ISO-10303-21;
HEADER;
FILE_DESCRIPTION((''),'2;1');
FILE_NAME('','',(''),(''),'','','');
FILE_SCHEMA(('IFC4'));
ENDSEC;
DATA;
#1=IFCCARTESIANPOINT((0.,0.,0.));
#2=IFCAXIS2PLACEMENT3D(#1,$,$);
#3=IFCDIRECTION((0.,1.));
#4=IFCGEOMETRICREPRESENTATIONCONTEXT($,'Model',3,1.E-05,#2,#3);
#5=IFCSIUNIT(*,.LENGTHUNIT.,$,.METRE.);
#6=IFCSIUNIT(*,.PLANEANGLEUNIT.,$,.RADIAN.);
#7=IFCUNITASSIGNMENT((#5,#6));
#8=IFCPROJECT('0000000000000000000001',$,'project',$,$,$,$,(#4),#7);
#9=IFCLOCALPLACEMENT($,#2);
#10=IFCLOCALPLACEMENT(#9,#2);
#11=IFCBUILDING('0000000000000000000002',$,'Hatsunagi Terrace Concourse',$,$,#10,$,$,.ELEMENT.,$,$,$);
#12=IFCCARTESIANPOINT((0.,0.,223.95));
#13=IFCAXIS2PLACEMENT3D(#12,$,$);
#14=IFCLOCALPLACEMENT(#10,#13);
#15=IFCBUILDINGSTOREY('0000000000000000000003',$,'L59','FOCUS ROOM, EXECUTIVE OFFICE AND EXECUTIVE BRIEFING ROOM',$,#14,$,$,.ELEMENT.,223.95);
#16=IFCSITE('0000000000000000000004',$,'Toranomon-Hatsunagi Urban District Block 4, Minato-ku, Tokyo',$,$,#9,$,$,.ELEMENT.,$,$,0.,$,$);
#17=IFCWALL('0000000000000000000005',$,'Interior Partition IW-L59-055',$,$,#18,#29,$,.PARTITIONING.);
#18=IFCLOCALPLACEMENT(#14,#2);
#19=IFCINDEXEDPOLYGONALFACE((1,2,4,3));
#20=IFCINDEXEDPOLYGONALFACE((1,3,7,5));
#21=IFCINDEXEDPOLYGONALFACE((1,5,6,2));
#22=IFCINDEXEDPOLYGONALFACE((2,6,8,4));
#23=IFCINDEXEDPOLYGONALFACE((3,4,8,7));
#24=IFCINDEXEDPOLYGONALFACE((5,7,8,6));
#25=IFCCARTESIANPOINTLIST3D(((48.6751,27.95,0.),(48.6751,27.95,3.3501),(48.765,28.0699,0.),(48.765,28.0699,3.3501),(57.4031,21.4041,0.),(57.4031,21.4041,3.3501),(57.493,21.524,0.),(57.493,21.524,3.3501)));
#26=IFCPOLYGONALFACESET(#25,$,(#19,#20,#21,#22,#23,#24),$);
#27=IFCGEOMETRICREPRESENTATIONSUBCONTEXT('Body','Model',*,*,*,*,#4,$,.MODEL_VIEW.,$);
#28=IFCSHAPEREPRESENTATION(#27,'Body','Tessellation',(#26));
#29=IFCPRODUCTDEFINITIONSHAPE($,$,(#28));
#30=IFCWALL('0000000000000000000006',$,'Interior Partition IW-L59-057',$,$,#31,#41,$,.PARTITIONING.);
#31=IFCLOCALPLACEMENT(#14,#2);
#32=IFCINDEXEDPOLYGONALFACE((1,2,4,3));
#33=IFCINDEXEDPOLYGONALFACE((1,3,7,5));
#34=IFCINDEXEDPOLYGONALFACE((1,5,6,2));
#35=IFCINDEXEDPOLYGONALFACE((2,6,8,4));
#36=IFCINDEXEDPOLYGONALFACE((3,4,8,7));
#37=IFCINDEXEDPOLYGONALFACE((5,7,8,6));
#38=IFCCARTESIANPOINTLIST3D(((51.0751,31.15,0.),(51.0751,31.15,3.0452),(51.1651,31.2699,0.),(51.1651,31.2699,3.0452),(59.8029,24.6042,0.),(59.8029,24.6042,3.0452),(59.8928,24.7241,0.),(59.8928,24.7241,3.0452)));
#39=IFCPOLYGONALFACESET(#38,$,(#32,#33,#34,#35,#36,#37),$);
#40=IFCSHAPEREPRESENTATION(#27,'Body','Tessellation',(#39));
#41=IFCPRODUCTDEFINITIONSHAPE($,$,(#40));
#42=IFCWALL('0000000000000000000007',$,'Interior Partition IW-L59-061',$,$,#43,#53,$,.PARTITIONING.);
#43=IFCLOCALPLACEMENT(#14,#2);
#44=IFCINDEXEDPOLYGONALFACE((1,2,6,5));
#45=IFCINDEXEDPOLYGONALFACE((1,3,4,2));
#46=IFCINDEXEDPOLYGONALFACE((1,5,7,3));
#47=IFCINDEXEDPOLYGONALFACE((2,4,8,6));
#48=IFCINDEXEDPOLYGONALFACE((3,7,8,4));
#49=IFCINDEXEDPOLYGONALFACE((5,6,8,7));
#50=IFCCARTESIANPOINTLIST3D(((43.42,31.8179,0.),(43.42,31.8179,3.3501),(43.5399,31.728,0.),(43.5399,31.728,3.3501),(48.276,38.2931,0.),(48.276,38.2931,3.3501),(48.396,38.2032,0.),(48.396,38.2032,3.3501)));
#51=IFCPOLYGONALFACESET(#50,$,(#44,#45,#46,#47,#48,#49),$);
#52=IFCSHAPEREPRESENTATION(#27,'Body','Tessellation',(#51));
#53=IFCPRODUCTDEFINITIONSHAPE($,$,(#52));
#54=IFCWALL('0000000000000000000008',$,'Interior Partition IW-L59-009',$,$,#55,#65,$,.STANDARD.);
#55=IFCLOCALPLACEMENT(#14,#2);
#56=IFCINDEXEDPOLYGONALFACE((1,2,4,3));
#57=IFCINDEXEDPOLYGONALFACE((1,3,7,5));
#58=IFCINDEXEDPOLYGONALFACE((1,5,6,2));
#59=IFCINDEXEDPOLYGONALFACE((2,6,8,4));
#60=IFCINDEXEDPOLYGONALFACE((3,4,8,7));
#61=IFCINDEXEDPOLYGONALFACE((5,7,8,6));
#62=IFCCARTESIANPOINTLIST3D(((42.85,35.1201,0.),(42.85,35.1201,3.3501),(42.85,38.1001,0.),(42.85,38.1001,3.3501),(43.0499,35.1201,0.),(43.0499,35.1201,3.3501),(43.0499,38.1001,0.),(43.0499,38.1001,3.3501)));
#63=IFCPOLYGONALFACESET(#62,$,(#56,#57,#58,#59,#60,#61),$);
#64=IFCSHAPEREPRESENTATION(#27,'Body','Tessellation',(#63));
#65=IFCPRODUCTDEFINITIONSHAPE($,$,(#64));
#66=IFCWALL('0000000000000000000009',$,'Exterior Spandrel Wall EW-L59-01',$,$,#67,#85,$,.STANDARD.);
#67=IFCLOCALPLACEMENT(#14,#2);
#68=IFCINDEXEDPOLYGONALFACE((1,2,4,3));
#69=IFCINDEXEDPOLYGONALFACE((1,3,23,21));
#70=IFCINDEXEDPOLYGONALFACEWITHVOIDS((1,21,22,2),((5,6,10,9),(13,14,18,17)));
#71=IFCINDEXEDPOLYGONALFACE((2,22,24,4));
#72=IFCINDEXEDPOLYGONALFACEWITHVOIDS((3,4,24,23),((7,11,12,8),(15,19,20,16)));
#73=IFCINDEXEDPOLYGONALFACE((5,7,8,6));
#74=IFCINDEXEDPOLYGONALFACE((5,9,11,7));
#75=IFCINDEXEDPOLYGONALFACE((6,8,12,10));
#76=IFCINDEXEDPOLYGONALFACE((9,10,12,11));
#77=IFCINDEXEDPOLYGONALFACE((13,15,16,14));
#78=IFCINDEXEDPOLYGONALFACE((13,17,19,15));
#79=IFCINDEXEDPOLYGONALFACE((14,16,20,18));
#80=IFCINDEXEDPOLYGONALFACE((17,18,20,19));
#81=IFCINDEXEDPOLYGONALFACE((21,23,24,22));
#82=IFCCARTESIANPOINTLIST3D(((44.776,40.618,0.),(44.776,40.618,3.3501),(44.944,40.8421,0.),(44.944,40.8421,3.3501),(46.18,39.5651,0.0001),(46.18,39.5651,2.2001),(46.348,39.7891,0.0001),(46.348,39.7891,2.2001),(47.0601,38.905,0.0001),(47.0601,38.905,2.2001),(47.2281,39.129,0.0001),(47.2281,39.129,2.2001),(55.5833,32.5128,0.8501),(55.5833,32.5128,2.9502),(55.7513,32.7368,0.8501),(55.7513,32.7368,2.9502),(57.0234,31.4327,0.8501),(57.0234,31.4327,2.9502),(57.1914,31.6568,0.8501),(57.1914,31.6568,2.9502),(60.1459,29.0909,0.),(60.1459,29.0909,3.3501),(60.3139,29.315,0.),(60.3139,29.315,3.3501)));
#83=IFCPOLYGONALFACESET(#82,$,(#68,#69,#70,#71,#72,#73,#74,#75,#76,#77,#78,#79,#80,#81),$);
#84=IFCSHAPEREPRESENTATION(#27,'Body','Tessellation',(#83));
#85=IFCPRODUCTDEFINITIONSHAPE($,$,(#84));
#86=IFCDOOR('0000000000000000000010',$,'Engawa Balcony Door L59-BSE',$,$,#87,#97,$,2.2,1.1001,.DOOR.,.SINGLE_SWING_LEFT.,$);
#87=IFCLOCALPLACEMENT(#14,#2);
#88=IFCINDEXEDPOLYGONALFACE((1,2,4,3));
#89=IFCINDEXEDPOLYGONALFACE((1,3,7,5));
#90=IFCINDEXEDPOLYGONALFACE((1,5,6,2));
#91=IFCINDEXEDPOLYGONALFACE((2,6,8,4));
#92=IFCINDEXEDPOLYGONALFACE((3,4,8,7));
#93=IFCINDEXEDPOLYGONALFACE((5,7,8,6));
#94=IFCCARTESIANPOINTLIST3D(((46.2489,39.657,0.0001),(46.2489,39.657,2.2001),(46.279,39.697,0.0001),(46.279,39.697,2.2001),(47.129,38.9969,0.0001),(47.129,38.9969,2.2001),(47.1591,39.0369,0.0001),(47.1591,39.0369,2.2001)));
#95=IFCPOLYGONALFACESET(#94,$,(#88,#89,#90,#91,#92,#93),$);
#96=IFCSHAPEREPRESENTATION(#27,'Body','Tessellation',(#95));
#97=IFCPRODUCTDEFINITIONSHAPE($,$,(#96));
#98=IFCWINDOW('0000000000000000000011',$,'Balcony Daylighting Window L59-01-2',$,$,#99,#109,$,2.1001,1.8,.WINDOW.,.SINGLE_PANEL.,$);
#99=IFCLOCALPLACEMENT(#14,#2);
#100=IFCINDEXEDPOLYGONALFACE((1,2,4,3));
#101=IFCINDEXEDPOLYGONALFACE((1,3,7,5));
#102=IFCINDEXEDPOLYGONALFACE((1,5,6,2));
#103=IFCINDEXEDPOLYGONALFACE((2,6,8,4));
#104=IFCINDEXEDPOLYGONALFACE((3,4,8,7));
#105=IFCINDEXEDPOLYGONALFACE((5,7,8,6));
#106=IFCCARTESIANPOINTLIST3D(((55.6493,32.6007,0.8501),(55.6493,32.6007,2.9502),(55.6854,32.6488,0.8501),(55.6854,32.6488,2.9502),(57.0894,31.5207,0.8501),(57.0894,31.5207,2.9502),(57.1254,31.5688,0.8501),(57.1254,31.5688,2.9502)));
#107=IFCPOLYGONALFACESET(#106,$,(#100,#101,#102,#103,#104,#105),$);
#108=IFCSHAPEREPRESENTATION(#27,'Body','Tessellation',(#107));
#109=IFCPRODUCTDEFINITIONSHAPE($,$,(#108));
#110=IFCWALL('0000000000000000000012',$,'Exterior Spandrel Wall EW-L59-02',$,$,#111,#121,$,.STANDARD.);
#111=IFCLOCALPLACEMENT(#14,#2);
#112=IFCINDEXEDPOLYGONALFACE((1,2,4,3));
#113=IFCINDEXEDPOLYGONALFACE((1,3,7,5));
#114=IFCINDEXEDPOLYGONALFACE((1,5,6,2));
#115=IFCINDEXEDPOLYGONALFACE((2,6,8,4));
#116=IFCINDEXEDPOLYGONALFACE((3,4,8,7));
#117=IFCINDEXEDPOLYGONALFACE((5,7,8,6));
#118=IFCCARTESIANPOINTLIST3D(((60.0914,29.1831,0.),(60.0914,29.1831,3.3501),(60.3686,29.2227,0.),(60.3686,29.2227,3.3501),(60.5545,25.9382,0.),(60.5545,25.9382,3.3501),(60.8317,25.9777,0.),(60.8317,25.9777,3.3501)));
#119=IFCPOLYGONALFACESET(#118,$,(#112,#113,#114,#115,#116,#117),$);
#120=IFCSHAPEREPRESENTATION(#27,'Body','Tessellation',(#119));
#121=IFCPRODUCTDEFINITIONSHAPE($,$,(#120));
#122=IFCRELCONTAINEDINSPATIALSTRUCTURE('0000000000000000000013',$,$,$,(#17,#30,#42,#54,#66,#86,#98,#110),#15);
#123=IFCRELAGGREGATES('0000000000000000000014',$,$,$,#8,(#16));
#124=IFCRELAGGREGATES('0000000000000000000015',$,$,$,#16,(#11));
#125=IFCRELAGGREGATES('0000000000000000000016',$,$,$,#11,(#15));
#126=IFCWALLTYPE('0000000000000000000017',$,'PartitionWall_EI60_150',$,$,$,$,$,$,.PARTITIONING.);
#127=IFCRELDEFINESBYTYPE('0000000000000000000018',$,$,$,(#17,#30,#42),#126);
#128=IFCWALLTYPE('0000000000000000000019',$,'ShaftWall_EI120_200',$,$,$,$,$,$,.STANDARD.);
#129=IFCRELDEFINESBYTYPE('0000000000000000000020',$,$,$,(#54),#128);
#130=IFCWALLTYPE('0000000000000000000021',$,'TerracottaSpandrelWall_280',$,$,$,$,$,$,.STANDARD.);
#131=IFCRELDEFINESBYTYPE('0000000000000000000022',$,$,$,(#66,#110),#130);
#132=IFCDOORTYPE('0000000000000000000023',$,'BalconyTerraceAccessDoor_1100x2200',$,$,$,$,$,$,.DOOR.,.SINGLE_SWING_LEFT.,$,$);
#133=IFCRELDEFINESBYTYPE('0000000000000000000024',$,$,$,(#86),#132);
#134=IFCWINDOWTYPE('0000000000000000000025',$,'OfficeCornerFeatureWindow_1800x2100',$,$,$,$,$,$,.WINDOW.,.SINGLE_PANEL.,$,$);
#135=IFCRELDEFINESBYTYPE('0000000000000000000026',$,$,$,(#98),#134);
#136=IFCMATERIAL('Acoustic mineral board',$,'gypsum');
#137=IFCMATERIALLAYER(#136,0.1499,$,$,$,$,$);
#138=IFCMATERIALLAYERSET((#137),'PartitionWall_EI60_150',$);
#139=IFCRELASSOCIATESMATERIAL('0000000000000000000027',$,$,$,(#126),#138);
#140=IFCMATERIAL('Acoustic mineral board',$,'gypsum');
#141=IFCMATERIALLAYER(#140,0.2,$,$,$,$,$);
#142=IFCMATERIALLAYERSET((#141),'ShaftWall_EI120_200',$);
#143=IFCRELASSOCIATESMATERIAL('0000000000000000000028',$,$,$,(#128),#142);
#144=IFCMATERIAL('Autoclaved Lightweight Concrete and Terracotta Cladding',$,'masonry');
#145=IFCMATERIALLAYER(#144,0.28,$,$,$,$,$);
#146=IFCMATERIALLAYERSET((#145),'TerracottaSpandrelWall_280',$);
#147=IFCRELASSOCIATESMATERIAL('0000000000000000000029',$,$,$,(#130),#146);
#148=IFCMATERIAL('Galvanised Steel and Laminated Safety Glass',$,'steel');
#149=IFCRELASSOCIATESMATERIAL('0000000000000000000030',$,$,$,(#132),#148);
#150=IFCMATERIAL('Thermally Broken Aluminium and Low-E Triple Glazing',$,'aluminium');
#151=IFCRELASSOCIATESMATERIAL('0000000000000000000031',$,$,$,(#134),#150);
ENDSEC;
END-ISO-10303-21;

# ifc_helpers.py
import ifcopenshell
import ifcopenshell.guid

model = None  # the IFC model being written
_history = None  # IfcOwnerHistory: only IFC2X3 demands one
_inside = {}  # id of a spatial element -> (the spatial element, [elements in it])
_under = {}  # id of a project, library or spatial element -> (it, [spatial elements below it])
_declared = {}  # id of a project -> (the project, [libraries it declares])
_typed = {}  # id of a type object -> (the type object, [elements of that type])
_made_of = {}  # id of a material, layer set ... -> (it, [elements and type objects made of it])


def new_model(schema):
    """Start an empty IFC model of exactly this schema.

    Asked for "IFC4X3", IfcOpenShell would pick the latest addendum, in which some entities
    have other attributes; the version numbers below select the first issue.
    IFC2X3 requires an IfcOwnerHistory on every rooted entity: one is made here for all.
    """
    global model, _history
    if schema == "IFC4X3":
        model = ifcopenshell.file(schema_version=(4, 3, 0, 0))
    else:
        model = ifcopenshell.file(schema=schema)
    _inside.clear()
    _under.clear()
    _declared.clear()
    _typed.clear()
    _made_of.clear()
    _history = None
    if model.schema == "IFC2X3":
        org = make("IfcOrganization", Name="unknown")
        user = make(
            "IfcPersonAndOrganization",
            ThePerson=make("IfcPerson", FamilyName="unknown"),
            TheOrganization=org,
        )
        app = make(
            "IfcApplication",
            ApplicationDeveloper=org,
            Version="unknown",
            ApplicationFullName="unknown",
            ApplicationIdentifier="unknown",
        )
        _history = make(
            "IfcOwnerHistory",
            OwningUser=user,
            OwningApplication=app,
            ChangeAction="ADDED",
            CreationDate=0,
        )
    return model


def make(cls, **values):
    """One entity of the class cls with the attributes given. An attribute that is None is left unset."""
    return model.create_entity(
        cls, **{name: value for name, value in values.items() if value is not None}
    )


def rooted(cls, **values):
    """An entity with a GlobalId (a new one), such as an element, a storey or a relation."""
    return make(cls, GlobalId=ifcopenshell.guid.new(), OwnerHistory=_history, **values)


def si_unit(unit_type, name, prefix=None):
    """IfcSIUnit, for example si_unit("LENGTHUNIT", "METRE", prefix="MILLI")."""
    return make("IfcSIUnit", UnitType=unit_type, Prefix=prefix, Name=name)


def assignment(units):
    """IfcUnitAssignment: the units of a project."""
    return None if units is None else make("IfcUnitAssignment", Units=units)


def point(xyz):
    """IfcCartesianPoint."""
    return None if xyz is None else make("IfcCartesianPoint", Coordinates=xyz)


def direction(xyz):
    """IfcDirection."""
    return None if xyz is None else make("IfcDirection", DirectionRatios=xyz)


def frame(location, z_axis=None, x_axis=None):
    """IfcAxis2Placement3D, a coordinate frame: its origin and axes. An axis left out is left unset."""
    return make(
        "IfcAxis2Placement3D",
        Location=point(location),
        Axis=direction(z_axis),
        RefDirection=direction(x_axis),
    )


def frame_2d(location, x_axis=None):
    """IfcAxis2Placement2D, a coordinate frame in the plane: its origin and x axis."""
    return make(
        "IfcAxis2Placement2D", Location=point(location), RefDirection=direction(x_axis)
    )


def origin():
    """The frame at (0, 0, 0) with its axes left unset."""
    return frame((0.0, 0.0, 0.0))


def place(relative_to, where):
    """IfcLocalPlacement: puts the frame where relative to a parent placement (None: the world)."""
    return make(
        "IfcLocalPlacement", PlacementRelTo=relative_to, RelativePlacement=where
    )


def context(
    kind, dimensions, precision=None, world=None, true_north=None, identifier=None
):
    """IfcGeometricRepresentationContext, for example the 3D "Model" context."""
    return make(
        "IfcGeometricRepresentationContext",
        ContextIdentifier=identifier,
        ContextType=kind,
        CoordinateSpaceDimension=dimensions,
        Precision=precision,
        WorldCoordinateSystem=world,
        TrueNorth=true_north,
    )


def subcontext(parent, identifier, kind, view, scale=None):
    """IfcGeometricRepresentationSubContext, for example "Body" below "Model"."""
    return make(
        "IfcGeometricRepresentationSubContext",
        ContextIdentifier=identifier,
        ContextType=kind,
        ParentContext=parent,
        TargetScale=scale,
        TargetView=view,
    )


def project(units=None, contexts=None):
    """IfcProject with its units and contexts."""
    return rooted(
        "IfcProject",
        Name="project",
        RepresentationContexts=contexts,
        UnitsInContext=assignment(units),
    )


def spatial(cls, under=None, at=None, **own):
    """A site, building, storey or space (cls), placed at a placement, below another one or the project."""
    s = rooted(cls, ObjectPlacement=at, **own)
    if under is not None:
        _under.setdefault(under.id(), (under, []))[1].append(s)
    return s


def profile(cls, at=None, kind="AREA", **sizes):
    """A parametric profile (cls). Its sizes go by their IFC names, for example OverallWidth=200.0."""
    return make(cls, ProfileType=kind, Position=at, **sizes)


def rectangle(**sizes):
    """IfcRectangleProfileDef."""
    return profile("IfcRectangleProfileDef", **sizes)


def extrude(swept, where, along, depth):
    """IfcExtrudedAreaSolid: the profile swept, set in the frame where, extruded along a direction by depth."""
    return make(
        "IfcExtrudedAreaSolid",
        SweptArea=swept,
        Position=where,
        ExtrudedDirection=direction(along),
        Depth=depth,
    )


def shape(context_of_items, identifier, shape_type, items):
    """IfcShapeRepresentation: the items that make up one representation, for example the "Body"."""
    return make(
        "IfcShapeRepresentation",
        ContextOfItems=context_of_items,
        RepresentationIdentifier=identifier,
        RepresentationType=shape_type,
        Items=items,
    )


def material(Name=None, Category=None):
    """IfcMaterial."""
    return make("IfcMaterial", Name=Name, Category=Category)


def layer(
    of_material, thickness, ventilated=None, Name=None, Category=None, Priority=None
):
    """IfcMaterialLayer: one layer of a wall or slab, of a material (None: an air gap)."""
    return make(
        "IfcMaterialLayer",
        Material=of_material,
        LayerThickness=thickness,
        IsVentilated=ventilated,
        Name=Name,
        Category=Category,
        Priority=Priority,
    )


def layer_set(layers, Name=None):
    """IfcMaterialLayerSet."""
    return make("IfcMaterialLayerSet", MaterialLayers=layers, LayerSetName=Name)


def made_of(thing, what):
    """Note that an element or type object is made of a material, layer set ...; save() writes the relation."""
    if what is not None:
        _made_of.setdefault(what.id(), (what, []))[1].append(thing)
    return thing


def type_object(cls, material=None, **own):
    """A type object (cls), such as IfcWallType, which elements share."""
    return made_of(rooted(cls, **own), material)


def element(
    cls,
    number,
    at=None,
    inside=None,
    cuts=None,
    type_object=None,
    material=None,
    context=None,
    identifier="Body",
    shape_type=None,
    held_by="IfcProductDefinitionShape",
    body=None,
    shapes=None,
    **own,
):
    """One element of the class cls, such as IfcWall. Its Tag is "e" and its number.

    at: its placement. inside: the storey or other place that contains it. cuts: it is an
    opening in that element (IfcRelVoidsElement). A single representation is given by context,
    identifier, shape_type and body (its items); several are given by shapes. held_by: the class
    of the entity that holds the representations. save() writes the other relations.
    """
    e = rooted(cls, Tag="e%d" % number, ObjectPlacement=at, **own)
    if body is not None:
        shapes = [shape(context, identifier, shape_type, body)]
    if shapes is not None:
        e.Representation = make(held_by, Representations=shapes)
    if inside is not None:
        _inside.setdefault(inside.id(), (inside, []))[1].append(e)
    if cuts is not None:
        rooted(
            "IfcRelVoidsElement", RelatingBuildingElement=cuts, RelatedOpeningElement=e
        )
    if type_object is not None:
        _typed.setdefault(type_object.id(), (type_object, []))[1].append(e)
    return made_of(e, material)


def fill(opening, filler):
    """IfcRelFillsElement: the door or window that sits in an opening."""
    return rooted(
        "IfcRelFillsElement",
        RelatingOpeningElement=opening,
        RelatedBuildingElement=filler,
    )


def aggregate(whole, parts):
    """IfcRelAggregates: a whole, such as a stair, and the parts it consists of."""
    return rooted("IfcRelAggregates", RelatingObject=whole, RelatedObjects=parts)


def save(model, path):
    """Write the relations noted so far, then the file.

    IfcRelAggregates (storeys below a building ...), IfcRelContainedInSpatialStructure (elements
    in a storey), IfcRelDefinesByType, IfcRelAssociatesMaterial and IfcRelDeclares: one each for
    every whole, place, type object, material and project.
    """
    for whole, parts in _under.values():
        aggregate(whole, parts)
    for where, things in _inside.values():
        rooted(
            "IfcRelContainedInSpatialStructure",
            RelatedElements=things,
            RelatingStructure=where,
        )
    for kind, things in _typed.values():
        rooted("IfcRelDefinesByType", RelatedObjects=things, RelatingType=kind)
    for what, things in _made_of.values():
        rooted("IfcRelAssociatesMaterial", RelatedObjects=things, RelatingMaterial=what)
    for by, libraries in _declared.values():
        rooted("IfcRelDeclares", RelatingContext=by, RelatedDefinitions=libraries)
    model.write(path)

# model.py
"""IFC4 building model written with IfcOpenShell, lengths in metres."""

from ifc_helpers import new_model, si_unit, direction, frame, frame_2d, origin, place, context, subcontext, project, spatial, rectangle, extrude, material, layer, layer_set, type_object, element, fill, save


model = new_model("IFC4")

# Units and contexts
model_context = context("Model", 3, precision=1e-05, world=origin(), true_north=direction((0.0, 1.0)))
body_context = subcontext(model_context, "Body", "Model", "MODEL_VIEW")
ifc_project = project(units=[si_unit("LENGTHUNIT", "METRE"), si_unit("PLANEANGLEUNIT", "RADIAN")], contexts=[model_context])

# Site, building, storey
site_placement = place(None, origin())
site = spatial("IfcSite", under=ifc_project, at=site_placement, Name="Toranomon-Hatsunagi Urban District Block 4, Minato-ku, Tokyo", CompositionType="ELEMENT", RefElevation=0.0)
building_placement = place(site_placement, origin())
building = spatial("IfcBuilding", under=site, at=building_placement, Name="Hatsunagi Terrace Concourse", CompositionType="ELEMENT")
storey_placement = place(building_placement, frame((0.0, 0.0, 223.95)))
storey = spatial("IfcBuildingStorey", under=building, at=storey_placement, Name="L59", Description="FOCUS ROOM, EXECUTIVE OFFICE AND EXECUTIVE BRIEFING ROOM", CompositionType="ELEMENT", Elevation=223.95)

# Walls
ifc_material_1 = material(Name="Acoustic mineral board", Category="gypsum")
ifc_layer_1 = layer(ifc_material_1, 0.1499)
ifc_layer_set_1 = layer_set([ifc_layer_1], Name="PartitionWall_EI60_150")
wall_type_1 = type_object("IfcWallType", Name="PartitionWall_EI60_150", PredefinedType="PARTITIONING", material=ifc_layer_set_1)
wall_1_placement = place(storey_placement, frame((48.72, 28.01, 0.0), z_axis=(0.0, 0.0, 1.0), x_axis=(0.800005, -0.599993, 0.0)))
element("IfcWall", 1, at=wall_1_placement, inside=storey, type_object=wall_type_1, Name="Interior Partition IW-L59-055", PredefinedType="PARTITIONING", context=body_context, shape_type="SweptSolid", body=[
    extrude(rectangle(XDim=10.9099, YDim=0.1499, at=frame_2d((5.4551, 0.0))), origin(), (0.0, 0.0, 1.0), 3.3501),
])
wall_2_placement = place(storey_placement, frame((51.1201, 31.21, 0.0), z_axis=(0.0, 0.0, 1.0), x_axis=(0.799997, -0.600004, 0.0)))
element("IfcWall", 2, at=wall_2_placement, inside=storey, type_object=wall_type_1, Name="Interior Partition IW-L59-057", PredefinedType="PARTITIONING", context=body_context, shape_type="SweptSolid", body=[
    extrude(rectangle(XDim=10.9097, YDim=0.1499, at=frame_2d((5.4548, 0.0))), origin(), (0.0, 0.0, 1.0), 3.0452),
])

# Walls
wall_3_placement = place(storey_placement, frame((43.48, 31.7729, 0.0), z_axis=(0.0, 0.0, 1.0), x_axis=(0.599971, 0.800022, 0.0)))
element("IfcWall", 3, at=wall_3_placement, inside=storey, type_object=wall_type_1, Name="Interior Partition IW-L59-061", PredefinedType="PARTITIONING", context=body_context, shape_type="SweptSolid", body=[
    extrude(rectangle(XDim=8.0938, YDim=0.1499, at=frame_2d((4.0469, 0.0))), origin(), (0.0, 0.0, 1.0), 3.3501),
])
ifc_material_2 = material(Name="Acoustic mineral board", Category="gypsum")
ifc_layer_2 = layer(ifc_material_2, 0.2)
ifc_layer_set_2 = layer_set([ifc_layer_2], Name="ShaftWall_EI120_200")
wall_type_2 = type_object("IfcWallType", Name="ShaftWall_EI120_200", PredefinedType="STANDARD", material=ifc_layer_set_2)
wall_4_placement = place(storey_placement, frame((42.95, 35.1201, 0.0), z_axis=(0.0, 0.0, 1.0), x_axis=(0.0, 1.0, 0.0)))
element("IfcWall", 4, at=wall_4_placement, inside=storey, type_object=wall_type_2, Name="Interior Partition IW-L59-009", PredefinedType="STANDARD", context=body_context, shape_type="SweptSolid", body=[
    extrude(rectangle(XDim=2.98, YDim=0.2, at=frame_2d((1.49, 0.0))), origin(), (0.0, 0.0, 1.0), 3.3501),
])

# Wall, openings, door, window
ifc_material_3 = material(Name="Autoclaved Lightweight Concrete and Terracotta Cladding", Category="masonry")
ifc_layer_3 = layer(ifc_material_3, 0.28)
ifc_layer_set_3 = layer_set([ifc_layer_3], Name="TerracottaSpandrelWall_280")
wall_type_3 = type_object("IfcWallType", Name="TerracottaSpandrelWall_280", PredefinedType="STANDARD", material=ifc_layer_set_3)
wall_5_placement = place(storey_placement, frame((44.8601, 40.73, 0.0), z_axis=(0.0, 0.0, 1.0), x_axis=(0.800008, -0.59999, 0.0)))
wall_5 = element("IfcWall", 5, at=wall_5_placement, inside=storey, type_object=wall_type_3, Name="Exterior Spandrel Wall EW-L59-01", PredefinedType="STANDARD", context=body_context, shape_type="SweptSolid", body=[
    extrude(rectangle(XDim=19.2122, YDim=0.28, at=frame_2d((9.606, 0.0))), origin(), (0.0, 0.0, 1.0), 3.3501),
])
opening_1_placement = place(wall_5_placement, frame((1.7549, 0.0, 0.0)))
opening_1 = element("IfcOpeningElement", 6, at=opening_1_placement, cuts=wall_5, PredefinedType="OPENING", context=body_context, shape_type="SweptSolid", body=[
    extrude(rectangle(XDim=1.1001, YDim=2.2, at=frame_2d((0.55, 1.1001))), frame((0.0, 0.1499, 0.0), z_axis=(0.0, -1.0, 0.0), x_axis=(1.0, 0.0, 0.0)), (0.0, 0.0, 1.0), 0.3),
])
opening_2_placement = place(wall_5_placement, frame((13.509, 0.0, 0.8501)))
opening_2 = element("IfcOpeningElement", 7, at=opening_2_placement, cuts=wall_5, PredefinedType="OPENING", context=body_context, shape_type="SweptSolid", body=[
    extrude(rectangle(XDim=1.8, YDim=2.1001, at=frame_2d((0.8999, 1.05))), frame((0.0, 0.1499, 0.0), z_axis=(0.0, -1.0, 0.0), x_axis=(1.0, 0.0, 0.0)), (0.0, 0.0, 1.0), 0.3),
])
ifc_material_4 = material(Name="Galvanised Steel and Laminated Safety Glass", Category="steel")
door_type_1 = type_object("IfcDoorType", Name="BalconyTerraceAccessDoor_1100x2200", OperationType="SINGLE_SWING_LEFT", PredefinedType="DOOR", material=ifc_material_4)
door_1_placement = place(opening_1_placement, origin())
door_1 = element("IfcDoor", 8, at=door_1_placement, inside=storey, type_object=door_type_1, Name="Engawa Balcony Door L59-BSE", OperationType="SINGLE_SWING_LEFT", OverallHeight=2.2, OverallWidth=1.1001, PredefinedType="DOOR", context=body_context, shape_type="SweptSolid", body=[
    extrude(rectangle(XDim=1.1001, YDim=2.2, at=frame_2d((0.55, 1.1001))), frame((0.0, 0.0249, 0.0), z_axis=(0.0, -1.0, 0.0), x_axis=(1.0, 0.0, 0.0)), (0.0, 0.0, 1.0), 0.05),
])
fill(opening_1, door_1)
ifc_material_5 = material(Name="Thermally Broken Aluminium and Low-E Triple Glazing", Category="aluminium")
window_type = type_object("IfcWindowType", Name="OfficeCornerFeatureWindow_1800x2100", PartitioningType="SINGLE_PANEL", PredefinedType="WINDOW", material=ifc_material_5)
window_placement = place(opening_2_placement, origin())
window = element("IfcWindow", 9, at=window_placement, inside=storey, type_object=window_type, Name="Balcony Daylighting Window L59-01-2", OverallHeight=2.1001, OverallWidth=1.8, PartitioningType="SINGLE_PANEL", PredefinedType="WINDOW", context=body_context, shape_type="SweptSolid", body=[
    extrude(rectangle(XDim=1.8, YDim=2.1001, at=frame_2d((0.8999, 1.05))), frame((0.0, 0.03, 0.0), z_axis=(0.0, -1.0, 0.0), x_axis=(1.0, 0.0, 0.0)), (0.0, 0.0, 1.0), 0.0601),
])
fill(opening_2, window)

# Wall
wall_6_placement = place(storey_placement, frame((60.23, 29.2029, 0.0), z_axis=(0.0, 0.0, 1.0), x_axis=(0.141296, -0.989967, 0.0)))
element("IfcWall", 10, at=wall_6_placement, inside=storey, type_object=wall_type_3, Name="Exterior Spandrel Wall EW-L59-02", PredefinedType="STANDARD", context=body_context, shape_type="SweptSolid", body=[
    extrude(rectangle(XDim=3.2778, YDim=0.28, at=frame_2d((1.6389, 0.0))), origin(), (0.0, 0.0, 1.0), 3.3501),
])

save(model, "model.ifc")
